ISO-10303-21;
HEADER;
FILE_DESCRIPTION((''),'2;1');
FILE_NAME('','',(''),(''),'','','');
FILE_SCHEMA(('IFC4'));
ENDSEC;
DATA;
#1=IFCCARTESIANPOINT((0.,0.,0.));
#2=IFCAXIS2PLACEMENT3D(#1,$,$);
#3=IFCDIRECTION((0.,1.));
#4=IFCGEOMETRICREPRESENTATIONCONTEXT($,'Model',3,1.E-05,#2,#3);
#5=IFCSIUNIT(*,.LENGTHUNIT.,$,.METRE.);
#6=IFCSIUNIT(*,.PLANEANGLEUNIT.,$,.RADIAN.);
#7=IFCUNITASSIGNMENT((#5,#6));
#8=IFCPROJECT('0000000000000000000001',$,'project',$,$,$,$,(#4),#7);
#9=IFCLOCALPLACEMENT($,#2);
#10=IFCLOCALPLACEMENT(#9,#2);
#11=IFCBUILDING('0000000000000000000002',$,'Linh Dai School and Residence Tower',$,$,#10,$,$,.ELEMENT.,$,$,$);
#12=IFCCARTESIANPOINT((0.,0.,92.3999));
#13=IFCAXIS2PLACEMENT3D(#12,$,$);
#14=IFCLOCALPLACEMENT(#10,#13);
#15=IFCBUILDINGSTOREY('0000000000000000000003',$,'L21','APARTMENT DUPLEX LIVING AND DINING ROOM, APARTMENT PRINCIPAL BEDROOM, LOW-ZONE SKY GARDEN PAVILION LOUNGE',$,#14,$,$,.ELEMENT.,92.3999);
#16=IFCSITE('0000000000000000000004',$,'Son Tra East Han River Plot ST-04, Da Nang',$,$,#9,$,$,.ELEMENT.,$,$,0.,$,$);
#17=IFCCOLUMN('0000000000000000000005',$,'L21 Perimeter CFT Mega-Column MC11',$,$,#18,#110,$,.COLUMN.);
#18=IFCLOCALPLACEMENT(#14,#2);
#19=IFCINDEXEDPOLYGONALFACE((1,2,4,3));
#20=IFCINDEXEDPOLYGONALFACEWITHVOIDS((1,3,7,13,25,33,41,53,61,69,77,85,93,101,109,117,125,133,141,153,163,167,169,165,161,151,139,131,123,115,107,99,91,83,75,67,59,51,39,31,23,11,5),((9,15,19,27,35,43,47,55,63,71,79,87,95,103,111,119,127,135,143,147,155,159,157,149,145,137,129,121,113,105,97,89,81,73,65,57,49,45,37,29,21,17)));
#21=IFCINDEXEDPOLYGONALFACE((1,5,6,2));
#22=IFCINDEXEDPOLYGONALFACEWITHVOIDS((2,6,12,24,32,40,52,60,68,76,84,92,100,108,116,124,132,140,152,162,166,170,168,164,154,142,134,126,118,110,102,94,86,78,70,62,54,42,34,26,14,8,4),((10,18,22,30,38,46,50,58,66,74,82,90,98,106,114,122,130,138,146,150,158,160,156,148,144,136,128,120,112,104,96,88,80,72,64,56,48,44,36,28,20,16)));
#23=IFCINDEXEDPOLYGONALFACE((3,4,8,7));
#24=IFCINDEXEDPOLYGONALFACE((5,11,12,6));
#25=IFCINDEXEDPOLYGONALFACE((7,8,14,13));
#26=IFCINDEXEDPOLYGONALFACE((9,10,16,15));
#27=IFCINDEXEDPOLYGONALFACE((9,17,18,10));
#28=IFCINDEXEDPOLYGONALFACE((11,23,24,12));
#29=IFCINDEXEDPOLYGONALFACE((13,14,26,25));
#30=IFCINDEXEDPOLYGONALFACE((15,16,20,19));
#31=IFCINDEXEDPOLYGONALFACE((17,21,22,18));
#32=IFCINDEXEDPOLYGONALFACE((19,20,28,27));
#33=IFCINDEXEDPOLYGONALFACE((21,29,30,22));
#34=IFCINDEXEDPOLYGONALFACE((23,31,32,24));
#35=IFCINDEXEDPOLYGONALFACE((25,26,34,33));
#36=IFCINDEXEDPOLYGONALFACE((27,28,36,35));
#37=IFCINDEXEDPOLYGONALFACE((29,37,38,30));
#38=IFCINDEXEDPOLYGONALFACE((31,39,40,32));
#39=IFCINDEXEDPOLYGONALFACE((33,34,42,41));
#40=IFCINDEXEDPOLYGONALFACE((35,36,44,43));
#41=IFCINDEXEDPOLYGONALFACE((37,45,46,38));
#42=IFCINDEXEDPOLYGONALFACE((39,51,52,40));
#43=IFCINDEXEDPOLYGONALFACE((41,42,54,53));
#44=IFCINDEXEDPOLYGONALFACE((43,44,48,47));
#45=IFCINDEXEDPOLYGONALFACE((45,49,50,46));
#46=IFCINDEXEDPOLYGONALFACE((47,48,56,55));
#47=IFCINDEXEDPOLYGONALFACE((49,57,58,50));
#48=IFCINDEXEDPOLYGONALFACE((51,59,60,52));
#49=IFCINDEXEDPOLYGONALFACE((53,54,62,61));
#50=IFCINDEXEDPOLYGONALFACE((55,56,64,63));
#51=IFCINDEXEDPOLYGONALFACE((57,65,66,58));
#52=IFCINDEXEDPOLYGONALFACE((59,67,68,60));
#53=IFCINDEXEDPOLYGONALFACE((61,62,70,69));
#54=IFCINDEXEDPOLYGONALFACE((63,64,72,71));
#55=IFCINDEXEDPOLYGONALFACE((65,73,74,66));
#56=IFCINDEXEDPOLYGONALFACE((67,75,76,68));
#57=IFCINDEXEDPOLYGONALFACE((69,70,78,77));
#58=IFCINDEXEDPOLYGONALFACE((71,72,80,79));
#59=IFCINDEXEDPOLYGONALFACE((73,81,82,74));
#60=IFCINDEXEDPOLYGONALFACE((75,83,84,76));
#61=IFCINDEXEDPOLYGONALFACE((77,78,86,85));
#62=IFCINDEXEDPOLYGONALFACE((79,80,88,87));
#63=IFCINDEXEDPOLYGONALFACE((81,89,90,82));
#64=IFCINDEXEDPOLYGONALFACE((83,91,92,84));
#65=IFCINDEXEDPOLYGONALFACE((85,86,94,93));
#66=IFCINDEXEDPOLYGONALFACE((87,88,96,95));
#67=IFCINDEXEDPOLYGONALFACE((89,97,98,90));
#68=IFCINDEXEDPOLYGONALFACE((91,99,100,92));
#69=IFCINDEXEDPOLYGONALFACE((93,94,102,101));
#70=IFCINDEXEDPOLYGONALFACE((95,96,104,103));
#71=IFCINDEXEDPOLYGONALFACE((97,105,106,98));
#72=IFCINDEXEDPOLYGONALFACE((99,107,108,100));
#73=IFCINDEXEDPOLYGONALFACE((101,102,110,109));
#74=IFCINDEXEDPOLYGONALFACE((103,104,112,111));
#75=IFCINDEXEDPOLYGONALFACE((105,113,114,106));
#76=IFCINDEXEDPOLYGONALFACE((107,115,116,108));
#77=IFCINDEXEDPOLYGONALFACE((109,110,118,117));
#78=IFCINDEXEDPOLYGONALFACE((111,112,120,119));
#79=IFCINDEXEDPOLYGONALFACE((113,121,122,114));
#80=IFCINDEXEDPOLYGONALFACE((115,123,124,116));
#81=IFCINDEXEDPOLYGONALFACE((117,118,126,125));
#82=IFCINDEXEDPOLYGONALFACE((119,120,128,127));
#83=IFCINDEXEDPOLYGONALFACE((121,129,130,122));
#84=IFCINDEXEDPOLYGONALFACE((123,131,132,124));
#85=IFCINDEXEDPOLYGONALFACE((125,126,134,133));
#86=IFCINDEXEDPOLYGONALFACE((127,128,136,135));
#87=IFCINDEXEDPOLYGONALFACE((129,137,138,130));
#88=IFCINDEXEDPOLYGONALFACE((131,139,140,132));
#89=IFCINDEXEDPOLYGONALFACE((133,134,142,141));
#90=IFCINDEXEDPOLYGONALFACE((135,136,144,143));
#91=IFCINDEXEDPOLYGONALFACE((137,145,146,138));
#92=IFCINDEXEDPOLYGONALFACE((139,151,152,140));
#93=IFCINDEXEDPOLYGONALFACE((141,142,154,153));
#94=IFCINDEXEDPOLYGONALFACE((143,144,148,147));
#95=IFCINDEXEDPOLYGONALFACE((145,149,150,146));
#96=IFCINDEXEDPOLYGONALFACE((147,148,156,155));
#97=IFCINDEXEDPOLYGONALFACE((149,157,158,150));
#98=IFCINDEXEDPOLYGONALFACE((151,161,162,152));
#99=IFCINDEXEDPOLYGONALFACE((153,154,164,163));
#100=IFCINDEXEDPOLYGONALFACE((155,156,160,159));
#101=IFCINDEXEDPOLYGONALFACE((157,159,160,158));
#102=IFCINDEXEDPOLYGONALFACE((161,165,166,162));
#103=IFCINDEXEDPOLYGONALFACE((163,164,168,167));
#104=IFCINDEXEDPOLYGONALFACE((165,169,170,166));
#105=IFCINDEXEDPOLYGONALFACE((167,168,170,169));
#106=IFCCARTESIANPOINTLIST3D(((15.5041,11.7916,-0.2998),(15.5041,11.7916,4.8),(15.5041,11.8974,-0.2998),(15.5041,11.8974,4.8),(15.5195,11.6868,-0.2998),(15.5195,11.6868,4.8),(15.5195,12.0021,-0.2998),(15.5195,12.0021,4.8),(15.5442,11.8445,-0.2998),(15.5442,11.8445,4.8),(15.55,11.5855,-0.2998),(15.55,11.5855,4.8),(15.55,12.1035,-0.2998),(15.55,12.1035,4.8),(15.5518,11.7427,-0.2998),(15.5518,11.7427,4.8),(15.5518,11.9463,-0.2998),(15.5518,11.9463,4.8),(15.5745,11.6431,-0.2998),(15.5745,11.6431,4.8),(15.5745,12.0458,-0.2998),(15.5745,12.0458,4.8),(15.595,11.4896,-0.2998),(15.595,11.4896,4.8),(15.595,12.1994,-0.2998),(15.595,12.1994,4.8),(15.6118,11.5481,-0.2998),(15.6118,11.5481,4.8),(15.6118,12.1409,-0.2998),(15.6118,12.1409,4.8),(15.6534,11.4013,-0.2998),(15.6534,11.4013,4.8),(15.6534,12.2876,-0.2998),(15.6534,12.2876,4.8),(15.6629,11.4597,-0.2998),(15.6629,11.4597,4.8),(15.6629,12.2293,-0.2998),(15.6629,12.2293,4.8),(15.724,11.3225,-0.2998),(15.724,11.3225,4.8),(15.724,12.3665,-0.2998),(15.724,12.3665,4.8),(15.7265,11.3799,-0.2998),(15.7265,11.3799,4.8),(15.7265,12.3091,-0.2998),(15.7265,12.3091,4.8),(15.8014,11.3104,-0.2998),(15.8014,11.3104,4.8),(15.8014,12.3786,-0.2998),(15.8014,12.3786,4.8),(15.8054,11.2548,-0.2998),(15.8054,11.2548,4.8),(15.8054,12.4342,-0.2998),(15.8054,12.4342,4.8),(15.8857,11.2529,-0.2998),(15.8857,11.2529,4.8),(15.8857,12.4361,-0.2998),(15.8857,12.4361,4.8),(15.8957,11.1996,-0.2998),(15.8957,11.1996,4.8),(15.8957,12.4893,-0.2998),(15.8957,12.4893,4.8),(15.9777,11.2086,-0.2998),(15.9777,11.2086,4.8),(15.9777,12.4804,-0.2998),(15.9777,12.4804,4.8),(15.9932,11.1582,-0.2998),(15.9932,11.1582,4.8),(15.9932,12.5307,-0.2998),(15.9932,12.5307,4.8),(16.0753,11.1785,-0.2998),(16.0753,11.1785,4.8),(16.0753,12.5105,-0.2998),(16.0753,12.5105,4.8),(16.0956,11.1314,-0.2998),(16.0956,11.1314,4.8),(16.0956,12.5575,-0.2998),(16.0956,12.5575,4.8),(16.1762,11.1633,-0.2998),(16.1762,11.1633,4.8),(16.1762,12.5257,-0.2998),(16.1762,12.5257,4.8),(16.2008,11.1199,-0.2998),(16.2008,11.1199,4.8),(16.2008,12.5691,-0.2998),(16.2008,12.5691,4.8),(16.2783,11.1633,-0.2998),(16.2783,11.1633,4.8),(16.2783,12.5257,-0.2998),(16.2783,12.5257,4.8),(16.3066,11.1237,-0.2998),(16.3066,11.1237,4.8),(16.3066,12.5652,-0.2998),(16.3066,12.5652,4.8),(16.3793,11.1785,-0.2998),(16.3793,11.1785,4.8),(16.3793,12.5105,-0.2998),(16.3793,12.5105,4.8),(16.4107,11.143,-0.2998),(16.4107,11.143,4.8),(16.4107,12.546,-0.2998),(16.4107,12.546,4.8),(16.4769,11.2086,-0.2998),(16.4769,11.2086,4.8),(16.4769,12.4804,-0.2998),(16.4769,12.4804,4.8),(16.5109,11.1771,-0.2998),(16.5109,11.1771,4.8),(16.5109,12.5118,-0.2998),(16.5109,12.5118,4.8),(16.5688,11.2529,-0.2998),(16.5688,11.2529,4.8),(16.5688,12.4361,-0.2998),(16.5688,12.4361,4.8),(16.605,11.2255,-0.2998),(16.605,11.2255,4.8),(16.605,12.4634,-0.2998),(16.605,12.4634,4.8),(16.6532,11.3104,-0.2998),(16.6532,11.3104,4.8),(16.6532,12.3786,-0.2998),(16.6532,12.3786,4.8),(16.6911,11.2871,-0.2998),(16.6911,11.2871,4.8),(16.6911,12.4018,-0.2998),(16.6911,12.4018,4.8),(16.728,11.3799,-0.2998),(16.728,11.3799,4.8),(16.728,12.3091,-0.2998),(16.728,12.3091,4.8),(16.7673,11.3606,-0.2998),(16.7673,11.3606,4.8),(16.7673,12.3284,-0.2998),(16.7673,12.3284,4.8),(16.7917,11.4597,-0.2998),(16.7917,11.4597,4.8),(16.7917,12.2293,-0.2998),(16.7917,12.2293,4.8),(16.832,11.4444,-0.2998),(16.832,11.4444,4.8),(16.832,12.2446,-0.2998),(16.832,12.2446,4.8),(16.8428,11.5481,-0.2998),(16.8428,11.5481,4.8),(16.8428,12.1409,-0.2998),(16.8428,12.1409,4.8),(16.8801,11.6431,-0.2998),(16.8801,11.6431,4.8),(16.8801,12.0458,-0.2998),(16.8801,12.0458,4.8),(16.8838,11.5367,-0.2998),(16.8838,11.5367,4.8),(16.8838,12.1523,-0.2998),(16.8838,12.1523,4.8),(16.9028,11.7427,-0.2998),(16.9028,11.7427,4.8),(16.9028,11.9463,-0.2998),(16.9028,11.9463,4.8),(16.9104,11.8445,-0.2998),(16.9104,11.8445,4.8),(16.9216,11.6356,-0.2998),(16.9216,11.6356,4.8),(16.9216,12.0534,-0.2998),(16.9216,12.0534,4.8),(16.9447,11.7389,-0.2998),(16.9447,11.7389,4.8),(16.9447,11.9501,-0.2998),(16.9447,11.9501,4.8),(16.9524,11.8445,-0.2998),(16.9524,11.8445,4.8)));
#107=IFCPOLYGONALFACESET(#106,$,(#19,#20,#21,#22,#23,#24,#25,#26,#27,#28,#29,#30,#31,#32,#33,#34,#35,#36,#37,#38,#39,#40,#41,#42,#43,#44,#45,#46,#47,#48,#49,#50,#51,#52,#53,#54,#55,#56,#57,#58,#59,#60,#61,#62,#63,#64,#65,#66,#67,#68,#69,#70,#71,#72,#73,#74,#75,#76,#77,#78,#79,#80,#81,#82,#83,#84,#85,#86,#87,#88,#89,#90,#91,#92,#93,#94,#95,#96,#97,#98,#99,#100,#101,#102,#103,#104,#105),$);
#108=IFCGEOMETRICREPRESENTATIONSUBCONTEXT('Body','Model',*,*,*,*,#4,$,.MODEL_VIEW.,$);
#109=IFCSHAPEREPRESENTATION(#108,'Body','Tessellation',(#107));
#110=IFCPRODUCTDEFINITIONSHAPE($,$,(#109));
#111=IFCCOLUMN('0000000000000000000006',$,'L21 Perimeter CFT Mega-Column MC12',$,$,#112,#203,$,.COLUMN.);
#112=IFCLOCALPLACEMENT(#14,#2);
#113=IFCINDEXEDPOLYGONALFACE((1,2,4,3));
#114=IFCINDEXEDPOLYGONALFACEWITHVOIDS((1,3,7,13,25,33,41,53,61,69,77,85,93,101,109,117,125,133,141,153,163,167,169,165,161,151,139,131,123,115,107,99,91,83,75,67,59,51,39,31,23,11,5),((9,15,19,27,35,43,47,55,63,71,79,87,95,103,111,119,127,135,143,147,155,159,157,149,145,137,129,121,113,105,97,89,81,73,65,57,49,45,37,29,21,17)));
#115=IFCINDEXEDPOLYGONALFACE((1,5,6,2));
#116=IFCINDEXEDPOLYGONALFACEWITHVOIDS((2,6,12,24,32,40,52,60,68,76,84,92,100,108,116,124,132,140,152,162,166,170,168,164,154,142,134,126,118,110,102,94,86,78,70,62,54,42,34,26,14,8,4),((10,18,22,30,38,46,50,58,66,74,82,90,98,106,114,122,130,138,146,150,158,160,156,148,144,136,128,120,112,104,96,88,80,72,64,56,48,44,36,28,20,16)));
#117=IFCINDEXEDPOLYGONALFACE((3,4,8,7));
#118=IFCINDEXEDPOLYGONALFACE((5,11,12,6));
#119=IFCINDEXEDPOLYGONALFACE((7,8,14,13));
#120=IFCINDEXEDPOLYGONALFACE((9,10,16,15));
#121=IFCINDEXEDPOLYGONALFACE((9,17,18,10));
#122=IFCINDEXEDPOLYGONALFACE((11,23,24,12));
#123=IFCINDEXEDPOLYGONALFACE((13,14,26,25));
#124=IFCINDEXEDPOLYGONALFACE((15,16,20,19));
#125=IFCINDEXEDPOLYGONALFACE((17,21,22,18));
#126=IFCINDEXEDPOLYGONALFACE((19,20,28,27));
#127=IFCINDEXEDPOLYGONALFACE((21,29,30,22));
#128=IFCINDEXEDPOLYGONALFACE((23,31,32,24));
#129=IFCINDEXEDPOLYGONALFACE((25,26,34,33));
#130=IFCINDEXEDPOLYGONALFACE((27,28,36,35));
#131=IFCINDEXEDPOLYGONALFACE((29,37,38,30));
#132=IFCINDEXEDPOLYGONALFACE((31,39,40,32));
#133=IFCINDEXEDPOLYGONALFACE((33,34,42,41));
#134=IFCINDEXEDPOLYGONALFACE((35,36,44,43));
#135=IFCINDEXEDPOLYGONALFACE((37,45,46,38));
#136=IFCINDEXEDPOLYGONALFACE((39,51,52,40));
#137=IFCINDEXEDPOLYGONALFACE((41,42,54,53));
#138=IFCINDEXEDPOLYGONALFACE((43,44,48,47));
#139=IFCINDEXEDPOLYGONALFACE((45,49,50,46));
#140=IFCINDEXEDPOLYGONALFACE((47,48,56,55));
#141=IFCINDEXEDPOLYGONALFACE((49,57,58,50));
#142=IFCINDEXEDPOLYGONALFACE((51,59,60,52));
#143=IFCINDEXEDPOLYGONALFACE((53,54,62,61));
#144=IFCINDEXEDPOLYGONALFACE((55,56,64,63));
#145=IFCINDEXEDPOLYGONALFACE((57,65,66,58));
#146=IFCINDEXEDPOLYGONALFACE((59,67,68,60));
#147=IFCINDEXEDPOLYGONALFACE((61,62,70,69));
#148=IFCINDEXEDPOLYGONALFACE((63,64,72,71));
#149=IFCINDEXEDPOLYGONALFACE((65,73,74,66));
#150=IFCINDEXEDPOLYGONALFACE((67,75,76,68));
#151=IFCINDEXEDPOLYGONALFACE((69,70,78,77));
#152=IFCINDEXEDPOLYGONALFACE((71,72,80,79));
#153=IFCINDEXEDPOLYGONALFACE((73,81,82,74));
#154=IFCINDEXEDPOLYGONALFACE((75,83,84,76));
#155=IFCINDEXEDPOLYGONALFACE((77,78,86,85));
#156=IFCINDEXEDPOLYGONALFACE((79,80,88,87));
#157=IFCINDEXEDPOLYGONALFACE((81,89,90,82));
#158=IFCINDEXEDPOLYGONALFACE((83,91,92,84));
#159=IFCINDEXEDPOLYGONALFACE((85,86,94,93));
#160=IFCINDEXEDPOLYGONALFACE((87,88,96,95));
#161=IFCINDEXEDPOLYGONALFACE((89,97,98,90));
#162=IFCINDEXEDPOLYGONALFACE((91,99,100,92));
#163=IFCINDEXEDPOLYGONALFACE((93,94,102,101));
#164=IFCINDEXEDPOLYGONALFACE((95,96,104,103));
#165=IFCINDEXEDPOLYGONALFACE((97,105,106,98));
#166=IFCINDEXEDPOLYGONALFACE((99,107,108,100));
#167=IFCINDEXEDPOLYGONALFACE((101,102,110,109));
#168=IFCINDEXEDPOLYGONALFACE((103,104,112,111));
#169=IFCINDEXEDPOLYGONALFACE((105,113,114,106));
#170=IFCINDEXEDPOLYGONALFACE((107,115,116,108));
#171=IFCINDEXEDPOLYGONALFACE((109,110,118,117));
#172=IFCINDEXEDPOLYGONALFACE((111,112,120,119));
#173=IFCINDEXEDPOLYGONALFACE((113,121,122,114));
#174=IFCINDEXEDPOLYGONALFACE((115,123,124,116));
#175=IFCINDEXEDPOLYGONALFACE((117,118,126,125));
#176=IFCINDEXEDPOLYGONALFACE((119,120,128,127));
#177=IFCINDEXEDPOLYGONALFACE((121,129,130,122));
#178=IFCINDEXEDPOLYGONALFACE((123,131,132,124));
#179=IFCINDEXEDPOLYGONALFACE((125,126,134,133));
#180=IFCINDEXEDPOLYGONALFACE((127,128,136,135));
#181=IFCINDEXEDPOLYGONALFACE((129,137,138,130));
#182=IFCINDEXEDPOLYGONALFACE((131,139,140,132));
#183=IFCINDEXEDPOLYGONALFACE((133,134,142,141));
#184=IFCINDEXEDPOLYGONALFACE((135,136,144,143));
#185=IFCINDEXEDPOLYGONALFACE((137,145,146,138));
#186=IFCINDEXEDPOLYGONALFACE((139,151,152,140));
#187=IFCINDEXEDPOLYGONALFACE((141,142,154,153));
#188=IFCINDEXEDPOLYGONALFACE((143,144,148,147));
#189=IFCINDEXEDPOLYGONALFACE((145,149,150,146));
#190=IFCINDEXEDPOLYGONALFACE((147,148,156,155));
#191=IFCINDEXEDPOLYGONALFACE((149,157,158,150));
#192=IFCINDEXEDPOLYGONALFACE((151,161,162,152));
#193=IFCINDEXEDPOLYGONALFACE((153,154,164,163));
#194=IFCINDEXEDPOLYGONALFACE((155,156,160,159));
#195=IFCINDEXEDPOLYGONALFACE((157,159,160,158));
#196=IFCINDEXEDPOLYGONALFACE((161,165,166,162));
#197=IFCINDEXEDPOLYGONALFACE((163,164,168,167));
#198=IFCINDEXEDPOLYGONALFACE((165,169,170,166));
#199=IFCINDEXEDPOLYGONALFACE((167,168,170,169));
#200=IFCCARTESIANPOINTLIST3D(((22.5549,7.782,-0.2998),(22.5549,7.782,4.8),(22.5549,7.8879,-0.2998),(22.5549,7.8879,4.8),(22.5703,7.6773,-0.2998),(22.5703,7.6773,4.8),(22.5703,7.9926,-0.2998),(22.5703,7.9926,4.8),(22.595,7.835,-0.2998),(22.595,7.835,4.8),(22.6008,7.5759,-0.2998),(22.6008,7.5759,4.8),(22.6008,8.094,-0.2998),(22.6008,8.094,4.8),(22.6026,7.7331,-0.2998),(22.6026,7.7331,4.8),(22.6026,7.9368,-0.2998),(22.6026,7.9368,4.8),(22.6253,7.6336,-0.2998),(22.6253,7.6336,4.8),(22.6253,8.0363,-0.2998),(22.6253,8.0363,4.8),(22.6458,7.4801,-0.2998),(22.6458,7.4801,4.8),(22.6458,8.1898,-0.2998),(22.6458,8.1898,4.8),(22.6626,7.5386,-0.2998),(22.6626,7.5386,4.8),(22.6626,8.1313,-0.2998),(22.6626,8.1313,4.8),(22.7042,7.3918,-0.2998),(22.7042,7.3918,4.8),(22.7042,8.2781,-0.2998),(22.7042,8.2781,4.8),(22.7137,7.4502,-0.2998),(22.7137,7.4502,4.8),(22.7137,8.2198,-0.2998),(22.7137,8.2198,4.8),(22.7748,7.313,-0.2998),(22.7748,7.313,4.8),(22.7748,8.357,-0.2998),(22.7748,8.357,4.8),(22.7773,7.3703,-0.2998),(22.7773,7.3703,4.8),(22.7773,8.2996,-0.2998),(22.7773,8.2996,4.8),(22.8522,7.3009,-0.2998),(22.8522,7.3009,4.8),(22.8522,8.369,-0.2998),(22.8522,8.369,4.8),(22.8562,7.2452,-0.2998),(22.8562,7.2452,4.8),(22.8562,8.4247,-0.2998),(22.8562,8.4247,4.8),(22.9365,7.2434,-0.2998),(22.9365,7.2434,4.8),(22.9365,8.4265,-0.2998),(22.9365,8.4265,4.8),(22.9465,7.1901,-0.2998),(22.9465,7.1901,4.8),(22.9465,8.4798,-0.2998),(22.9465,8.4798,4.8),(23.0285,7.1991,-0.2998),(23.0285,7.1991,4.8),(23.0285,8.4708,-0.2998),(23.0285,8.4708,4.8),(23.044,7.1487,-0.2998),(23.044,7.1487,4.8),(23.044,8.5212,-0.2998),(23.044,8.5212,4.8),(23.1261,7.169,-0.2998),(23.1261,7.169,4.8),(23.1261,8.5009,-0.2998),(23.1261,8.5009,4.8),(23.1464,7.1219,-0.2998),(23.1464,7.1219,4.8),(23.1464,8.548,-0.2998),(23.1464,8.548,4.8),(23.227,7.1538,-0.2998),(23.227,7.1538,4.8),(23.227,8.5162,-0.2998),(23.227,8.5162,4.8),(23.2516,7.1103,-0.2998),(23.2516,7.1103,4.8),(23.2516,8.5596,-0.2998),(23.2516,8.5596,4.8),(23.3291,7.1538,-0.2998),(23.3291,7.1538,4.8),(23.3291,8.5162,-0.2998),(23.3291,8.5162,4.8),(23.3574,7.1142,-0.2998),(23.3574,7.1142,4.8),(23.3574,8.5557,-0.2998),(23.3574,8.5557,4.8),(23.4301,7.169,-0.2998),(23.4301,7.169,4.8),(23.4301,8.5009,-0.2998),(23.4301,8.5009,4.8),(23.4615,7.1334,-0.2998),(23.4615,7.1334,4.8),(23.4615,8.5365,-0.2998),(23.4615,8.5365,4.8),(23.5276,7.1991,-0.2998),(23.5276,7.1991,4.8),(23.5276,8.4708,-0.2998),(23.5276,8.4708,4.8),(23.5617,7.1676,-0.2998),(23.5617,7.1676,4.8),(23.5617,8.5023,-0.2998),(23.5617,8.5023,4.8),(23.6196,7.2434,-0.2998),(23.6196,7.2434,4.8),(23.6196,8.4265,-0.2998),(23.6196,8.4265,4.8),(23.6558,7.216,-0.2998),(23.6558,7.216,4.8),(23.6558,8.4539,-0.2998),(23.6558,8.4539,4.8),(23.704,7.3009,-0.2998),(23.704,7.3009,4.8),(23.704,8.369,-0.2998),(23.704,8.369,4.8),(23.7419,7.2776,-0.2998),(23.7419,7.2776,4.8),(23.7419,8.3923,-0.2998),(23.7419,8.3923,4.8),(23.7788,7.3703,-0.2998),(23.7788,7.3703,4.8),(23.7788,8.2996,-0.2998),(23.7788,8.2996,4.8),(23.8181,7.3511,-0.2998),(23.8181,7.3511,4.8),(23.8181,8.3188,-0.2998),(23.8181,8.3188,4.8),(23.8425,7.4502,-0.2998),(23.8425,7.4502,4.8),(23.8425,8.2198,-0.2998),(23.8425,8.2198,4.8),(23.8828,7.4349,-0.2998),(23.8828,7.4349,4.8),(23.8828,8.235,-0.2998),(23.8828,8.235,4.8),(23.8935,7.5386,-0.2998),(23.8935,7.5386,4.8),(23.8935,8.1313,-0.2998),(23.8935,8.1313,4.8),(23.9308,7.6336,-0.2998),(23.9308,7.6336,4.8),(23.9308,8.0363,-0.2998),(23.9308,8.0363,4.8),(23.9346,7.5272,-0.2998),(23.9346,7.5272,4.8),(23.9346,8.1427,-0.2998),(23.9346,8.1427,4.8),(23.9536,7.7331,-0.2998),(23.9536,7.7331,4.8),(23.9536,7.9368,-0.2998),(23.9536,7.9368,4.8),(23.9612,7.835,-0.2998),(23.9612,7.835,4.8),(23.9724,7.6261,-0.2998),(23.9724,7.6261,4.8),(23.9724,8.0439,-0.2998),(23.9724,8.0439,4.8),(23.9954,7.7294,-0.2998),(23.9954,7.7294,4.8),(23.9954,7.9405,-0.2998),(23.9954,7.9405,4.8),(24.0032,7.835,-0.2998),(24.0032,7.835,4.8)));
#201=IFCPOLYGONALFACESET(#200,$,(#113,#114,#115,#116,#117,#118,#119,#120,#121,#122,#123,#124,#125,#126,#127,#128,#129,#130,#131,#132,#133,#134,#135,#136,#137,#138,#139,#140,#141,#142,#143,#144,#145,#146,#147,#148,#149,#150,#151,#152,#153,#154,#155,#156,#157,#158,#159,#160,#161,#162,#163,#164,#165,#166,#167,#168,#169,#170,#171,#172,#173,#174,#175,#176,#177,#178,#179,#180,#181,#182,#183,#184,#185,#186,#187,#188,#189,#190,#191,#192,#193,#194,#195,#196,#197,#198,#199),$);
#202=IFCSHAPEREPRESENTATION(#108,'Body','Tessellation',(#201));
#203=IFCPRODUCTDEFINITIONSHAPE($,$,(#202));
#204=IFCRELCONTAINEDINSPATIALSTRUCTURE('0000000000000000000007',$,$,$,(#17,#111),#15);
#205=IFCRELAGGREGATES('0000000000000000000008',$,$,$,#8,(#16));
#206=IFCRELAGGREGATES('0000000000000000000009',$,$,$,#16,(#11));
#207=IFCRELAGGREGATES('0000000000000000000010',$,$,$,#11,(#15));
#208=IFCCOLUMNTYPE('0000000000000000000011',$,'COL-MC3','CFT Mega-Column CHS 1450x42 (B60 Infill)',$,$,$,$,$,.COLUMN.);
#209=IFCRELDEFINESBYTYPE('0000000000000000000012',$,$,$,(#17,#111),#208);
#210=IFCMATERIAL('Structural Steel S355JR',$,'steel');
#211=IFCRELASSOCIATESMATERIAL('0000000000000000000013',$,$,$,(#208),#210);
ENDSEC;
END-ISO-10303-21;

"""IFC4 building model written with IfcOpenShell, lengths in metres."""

from ifc_helpers import new_model, si_unit, direction, frame, origin, origin_2d, place, context, subcontext, project, spatial, hollow_circle, extrude, material, material_profile, profile_set, type_object, element, save


model = new_model("IFC4")

# Units and contexts
model_context = context("Model", 3, precision=1e-05, world=origin(), true_north=direction((0.0, 1.0)))
body_context = subcontext(model_context, "Body", "Model", "MODEL_VIEW")
ifc_project = project(units=[si_unit("LENGTHUNIT", "METRE"), si_unit("PLANEANGLEUNIT", "RADIAN")], contexts=[model_context])

# Site, building, storey
site_placement = place(None, origin())
site = spatial("IfcSite", under=ifc_project, at=site_placement, Name="Son Tra East Han River Plot ST-04, Da Nang", CompositionType="ELEMENT", RefElevation=0.0)
building_placement = place(site_placement, origin())
building = spatial("IfcBuilding", under=site, at=building_placement, Name="Linh Dai School and Residence Tower", CompositionType="ELEMENT")
storey_placement = place(building_placement, frame((0.0, 0.0, 92.3999)))
storey = spatial("IfcBuildingStorey", under=building, at=storey_placement, Name="L21", Description="APARTMENT DUPLEX LIVING AND DINING ROOM, APARTMENT PRINCIPAL BEDROOM, LOW-ZONE SKY GARDEN PAVILION LOUNGE", CompositionType="ELEMENT", Elevation=92.3999)

# Columns
ifc_material_1 = material(Name="Structural Steel S355JR", Category="steel")
ifc_material_profile_1 = material_profile(ifc_material_1, hollow_circle(Radius=0.7251, WallThickness=0.042, at=origin_2d()), Name="CHS 1450x42")
ifc_profile_set_1 = profile_set([ifc_material_profile_1], Name="Structural Steel S355JR")
column_type = type_object("IfcColumnType", Name="COL-MC3", Description="CFT Mega-Column CHS 1450x42 (B60 Infill)", PredefinedType="COLUMN", material=ifc_profile_set_1)
for number, where, z_axis, x_axis, name in (
    (1, (16.2273, 11.8445, -0.2998), (0.0, 0.0, 1.0), (1.0, 0.0, 0.0), "L21 Perimeter CFT Mega-Column MC11"),
    (2, (23.2781, 7.835, -0.2998), (0.0, 0.0, 1.0), (1.0, 0.0, 0.0), "L21 Perimeter CFT Mega-Column MC12"),
):
    element("IfcColumn", number, at=place(storey_placement, frame(where, z_axis=z_axis, x_axis=x_axis)), inside=storey, type_object=column_type, Name=name, PredefinedType="COLUMN", context=body_context, shape_type="SweptSolid", body=[
        extrude(hollow_circle(Radius=0.7251, WallThickness=0.042, at=origin_2d()), origin(), (0.0, 0.0, 1.0), 5.0999),
    ])

save(model, "model.ifc")
